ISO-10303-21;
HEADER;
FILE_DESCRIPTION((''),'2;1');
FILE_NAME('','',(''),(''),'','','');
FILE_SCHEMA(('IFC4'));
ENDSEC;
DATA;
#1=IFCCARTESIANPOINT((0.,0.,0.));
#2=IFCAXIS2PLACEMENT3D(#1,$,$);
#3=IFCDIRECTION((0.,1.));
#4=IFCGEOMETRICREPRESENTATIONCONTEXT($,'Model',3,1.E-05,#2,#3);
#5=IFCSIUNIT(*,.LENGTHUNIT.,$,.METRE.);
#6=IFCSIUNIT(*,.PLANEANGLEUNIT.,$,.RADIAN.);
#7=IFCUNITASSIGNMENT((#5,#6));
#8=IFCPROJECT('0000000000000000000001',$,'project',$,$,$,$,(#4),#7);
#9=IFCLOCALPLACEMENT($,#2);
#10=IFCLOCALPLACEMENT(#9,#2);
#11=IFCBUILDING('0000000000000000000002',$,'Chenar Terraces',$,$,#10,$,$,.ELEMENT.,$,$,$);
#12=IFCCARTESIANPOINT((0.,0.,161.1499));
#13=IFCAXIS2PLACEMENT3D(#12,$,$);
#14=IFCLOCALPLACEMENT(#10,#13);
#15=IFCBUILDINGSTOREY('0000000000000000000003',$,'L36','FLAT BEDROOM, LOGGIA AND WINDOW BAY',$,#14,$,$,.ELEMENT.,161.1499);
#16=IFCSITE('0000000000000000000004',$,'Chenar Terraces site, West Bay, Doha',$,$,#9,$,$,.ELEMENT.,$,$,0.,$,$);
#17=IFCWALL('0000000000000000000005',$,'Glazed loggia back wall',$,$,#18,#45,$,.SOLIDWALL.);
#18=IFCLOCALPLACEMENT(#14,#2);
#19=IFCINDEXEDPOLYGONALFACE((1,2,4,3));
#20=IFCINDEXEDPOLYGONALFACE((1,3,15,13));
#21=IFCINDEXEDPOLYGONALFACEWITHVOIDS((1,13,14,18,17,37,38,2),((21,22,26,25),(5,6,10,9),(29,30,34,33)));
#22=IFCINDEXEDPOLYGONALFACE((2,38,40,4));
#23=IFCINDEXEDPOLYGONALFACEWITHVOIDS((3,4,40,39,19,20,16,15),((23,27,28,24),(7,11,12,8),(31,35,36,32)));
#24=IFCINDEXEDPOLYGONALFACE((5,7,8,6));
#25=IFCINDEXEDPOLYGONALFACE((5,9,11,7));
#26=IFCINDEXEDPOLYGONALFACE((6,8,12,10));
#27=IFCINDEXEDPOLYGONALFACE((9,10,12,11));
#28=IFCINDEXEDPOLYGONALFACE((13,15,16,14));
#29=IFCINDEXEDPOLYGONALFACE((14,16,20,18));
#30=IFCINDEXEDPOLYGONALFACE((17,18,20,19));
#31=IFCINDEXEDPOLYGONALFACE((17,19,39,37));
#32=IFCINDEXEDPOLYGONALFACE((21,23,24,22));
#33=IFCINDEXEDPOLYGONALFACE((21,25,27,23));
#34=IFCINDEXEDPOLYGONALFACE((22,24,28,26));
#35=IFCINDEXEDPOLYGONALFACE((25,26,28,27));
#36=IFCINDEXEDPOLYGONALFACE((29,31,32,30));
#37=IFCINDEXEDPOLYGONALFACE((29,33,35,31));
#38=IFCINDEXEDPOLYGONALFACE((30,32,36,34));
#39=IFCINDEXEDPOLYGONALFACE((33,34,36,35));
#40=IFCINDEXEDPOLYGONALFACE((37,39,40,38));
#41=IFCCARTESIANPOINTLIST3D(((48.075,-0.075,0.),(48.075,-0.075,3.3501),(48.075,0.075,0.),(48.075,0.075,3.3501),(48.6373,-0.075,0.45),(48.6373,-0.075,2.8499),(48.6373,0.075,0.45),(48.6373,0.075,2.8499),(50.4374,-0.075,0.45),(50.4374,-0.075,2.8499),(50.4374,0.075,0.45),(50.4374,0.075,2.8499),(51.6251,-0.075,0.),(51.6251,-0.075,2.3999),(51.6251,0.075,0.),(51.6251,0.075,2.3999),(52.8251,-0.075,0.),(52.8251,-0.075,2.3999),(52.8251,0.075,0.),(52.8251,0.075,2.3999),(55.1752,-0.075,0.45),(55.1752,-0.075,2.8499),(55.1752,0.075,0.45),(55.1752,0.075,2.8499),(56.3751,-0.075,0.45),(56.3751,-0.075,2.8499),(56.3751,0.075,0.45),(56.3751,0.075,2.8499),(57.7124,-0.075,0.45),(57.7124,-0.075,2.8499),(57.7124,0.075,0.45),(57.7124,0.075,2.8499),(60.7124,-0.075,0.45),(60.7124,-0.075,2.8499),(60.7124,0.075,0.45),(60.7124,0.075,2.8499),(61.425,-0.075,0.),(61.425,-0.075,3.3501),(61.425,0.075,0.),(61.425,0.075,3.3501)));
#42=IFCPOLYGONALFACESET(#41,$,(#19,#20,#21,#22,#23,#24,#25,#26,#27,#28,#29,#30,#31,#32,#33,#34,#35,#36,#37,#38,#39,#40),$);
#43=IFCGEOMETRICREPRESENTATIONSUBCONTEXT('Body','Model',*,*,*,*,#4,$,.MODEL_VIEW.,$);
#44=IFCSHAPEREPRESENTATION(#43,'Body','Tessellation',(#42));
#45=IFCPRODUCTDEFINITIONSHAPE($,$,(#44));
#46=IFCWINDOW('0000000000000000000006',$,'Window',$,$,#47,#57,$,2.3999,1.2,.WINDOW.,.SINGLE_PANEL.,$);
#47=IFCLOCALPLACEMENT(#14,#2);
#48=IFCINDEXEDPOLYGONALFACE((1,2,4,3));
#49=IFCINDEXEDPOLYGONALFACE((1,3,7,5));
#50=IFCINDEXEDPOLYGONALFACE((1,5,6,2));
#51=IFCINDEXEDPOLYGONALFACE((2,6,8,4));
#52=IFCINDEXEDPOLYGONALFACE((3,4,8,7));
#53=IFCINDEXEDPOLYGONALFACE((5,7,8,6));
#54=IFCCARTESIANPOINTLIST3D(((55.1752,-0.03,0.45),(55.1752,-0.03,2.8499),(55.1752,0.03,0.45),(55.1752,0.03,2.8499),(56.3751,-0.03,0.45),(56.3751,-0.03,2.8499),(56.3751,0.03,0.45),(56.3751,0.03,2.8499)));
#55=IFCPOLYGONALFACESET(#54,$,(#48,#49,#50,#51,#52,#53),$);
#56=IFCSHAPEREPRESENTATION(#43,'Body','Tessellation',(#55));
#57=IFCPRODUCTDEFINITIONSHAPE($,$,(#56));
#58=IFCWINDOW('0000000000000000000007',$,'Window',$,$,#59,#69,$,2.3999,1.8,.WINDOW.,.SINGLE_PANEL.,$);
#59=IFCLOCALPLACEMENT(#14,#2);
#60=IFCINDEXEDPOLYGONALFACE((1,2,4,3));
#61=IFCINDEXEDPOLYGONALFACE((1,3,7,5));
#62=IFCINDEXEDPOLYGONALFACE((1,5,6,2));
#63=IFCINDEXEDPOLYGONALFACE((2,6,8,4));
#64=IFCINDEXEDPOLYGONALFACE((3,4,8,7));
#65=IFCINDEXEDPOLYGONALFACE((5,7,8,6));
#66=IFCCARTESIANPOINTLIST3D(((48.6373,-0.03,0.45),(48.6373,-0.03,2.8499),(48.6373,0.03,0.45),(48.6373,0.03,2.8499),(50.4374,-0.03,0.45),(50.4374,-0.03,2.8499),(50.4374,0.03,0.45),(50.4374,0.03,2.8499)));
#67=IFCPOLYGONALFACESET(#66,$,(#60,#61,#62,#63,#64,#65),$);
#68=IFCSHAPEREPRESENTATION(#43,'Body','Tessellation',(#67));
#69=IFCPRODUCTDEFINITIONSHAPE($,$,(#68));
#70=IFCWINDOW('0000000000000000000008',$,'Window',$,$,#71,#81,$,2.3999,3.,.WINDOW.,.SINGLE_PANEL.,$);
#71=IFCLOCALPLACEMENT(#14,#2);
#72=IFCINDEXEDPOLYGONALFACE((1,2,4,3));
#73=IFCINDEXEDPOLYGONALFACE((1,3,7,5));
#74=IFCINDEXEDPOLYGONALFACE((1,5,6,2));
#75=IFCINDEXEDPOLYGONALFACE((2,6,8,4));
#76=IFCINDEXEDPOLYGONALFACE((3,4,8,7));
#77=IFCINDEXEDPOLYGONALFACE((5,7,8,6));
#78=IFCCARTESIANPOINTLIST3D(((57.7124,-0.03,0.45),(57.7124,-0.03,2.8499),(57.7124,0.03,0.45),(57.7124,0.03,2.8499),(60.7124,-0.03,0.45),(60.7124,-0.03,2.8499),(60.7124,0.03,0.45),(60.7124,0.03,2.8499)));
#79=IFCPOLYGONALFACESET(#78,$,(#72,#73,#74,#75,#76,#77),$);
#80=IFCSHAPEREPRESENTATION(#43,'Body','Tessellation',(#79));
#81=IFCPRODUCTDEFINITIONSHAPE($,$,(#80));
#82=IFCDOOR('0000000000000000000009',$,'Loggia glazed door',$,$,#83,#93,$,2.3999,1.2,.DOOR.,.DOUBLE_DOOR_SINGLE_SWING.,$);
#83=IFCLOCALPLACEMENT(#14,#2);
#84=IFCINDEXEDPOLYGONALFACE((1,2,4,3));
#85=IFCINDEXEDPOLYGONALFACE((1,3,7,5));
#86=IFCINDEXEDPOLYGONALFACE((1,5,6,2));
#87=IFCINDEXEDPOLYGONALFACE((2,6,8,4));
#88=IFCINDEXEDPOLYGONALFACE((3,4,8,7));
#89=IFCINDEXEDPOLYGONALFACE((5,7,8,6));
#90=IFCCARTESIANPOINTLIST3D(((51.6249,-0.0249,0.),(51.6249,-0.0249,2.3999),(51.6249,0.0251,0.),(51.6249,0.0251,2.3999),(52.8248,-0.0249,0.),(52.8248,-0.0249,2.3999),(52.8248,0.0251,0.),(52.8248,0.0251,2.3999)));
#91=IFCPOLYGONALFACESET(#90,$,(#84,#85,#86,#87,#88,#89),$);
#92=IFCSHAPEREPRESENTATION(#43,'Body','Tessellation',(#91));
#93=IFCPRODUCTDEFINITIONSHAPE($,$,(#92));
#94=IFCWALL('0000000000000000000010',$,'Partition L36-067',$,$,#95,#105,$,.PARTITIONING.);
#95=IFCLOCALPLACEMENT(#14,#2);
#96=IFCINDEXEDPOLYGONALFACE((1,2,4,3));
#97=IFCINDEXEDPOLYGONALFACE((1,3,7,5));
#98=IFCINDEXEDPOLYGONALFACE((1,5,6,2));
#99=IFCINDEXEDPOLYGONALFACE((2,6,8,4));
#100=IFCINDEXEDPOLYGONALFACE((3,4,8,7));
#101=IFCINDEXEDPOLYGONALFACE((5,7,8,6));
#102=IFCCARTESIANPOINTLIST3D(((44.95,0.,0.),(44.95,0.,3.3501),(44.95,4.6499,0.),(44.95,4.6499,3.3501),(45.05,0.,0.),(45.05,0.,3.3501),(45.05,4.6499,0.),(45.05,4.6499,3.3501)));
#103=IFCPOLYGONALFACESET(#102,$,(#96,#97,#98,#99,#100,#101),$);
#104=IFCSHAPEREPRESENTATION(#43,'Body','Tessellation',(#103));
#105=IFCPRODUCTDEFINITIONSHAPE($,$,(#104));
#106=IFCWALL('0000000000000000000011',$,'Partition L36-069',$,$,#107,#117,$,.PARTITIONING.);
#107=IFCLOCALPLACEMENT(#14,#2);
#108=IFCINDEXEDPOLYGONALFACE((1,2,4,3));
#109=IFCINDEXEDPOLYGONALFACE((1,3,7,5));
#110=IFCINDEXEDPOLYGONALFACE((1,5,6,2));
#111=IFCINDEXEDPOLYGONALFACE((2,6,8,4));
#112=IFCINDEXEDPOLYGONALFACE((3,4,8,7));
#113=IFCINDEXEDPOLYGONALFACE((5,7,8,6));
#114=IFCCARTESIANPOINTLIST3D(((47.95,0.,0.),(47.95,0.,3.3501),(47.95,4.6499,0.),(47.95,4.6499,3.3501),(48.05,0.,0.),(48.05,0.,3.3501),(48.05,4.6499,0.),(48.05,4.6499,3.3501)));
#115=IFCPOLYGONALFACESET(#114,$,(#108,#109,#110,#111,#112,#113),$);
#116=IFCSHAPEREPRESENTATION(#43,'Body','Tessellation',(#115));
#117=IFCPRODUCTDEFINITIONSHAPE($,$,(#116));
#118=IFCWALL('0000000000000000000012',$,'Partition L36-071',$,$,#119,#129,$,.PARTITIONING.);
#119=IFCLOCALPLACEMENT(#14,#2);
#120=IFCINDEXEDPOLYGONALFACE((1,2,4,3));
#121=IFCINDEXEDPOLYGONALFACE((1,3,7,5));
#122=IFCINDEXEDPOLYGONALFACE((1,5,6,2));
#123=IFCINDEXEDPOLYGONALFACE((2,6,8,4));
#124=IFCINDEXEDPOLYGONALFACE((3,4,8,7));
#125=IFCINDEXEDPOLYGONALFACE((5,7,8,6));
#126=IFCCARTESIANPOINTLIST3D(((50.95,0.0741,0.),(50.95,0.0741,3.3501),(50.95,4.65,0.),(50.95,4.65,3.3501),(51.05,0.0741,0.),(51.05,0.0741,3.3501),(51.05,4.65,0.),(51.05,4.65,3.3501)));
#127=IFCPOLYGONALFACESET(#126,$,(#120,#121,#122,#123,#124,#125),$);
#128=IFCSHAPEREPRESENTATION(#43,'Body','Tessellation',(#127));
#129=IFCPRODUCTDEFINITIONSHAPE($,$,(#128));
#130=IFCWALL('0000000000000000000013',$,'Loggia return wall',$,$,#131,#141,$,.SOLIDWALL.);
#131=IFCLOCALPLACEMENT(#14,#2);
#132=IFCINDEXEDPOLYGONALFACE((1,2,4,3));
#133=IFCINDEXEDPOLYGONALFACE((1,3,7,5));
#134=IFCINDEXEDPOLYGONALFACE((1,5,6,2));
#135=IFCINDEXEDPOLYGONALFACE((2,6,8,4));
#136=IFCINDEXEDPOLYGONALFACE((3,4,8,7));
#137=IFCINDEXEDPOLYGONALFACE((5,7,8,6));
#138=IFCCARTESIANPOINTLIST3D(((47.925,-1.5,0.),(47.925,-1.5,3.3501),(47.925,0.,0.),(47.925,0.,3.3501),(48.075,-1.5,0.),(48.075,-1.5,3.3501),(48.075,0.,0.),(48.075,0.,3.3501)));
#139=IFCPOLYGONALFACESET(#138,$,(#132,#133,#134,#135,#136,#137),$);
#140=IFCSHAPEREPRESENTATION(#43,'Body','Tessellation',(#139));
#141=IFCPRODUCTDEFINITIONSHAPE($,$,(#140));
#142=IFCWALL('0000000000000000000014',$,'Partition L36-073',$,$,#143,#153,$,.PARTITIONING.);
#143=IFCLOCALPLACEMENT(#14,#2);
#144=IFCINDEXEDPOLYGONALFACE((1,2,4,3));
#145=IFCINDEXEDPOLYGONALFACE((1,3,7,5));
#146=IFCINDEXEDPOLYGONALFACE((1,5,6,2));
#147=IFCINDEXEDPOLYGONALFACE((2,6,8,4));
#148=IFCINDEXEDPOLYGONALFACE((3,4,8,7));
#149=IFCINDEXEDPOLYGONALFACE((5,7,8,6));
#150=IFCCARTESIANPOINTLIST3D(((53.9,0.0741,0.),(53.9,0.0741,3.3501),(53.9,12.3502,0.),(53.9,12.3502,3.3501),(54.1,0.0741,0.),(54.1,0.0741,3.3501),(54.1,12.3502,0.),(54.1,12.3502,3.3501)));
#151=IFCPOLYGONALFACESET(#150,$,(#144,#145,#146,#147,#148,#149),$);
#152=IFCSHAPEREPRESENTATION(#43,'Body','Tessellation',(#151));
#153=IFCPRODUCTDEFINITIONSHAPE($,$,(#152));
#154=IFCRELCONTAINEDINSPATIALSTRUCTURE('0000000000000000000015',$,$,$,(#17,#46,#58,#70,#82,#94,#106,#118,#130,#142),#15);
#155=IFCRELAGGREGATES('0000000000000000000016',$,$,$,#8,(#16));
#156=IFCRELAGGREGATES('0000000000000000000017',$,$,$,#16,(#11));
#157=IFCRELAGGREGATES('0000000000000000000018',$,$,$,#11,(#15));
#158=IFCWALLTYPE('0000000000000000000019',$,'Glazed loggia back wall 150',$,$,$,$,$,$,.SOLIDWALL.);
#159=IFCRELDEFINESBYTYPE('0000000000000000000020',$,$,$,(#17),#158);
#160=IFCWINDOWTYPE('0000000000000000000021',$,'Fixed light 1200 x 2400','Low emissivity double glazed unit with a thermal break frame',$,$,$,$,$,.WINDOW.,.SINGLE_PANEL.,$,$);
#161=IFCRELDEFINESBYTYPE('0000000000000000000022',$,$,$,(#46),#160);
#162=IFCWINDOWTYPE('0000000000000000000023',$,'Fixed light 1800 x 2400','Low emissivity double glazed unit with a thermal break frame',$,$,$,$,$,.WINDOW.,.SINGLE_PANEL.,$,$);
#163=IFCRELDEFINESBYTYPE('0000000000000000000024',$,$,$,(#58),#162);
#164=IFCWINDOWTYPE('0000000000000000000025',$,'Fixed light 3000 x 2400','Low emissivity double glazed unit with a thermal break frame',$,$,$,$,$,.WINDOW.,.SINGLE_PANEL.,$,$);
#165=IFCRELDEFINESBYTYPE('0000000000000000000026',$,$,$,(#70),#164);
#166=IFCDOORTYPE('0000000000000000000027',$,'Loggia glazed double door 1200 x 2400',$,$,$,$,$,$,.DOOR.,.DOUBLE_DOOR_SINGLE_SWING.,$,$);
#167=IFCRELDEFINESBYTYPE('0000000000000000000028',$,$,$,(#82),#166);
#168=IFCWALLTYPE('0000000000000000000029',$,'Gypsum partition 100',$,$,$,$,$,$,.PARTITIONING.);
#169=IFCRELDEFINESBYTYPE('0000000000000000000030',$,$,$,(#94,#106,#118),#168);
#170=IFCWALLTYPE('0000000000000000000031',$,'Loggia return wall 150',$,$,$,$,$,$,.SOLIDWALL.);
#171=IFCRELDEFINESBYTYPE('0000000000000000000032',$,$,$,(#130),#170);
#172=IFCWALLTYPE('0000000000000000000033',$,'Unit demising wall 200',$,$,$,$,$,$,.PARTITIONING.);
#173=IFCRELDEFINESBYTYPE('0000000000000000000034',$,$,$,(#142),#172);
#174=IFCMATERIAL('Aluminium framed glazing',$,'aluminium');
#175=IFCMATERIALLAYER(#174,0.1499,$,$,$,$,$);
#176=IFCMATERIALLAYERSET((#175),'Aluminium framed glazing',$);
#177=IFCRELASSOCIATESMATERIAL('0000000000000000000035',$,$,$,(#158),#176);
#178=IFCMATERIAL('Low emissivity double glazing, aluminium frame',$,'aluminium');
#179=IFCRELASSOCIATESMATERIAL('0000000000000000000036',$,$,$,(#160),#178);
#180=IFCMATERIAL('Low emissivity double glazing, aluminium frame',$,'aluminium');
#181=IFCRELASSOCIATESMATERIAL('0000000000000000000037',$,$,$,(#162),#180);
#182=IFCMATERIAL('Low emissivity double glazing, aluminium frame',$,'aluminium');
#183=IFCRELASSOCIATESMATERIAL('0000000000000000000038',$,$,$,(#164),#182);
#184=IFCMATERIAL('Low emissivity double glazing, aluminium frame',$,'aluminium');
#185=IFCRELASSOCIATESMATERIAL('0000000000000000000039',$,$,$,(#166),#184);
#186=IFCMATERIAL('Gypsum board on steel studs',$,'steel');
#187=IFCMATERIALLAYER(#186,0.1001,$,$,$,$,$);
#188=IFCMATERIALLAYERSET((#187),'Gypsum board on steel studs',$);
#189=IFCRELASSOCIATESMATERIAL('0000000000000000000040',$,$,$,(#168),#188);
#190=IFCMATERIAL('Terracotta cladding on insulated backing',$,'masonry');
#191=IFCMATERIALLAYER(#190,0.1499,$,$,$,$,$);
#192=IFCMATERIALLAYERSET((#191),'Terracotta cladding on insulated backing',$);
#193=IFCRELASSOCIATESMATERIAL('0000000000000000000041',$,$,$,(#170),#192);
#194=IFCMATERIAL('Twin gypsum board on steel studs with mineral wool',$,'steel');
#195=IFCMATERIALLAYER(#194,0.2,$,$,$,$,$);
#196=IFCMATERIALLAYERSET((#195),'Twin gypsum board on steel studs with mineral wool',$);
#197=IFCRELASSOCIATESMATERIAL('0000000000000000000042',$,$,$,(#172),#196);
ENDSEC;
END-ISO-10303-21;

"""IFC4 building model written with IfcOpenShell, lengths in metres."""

from ifc_helpers import new_model, si_unit, direction, frame, frame_2d, origin, place, context, subcontext, project, spatial, rectangle, extrude, material, layer, layer_set, type_object, element, fill, save


model = new_model("IFC4")

# Units and contexts
model_context = context("Model", 3, precision=1e-05, world=origin(), true_north=direction((0.0, 1.0)))
body_context = subcontext(model_context, "Body", "Model", "MODEL_VIEW")
ifc_project = project(units=[si_unit("LENGTHUNIT", "METRE"), si_unit("PLANEANGLEUNIT", "RADIAN")], contexts=[model_context])

# Site, building, storey
site_placement = place(None, origin())
site = spatial("IfcSite", under=ifc_project, at=site_placement, Name="Chenar Terraces site, West Bay, Doha", CompositionType="ELEMENT", RefElevation=0.0)
building_placement = place(site_placement, origin())
building = spatial("IfcBuilding", under=site, at=building_placement, Name="Chenar Terraces", CompositionType="ELEMENT")
storey_placement = place(building_placement, frame((0.0, 0.0, 161.1499)))
storey = spatial("IfcBuildingStorey", under=building, at=storey_placement, Name="L36", Description="FLAT BEDROOM, LOGGIA AND WINDOW BAY", CompositionType="ELEMENT", Elevation=161.1499)

# Wall, openings, windows, door
ifc_material_1 = material(Name="Aluminium framed glazing", Category="aluminium")
ifc_layer_1 = layer(ifc_material_1, 0.1499)
ifc_layer_set_1 = layer_set([ifc_layer_1], Name="Aluminium framed glazing")
wall_type_1 = type_object("IfcWallType", Name="Glazed loggia back wall 150", PredefinedType="SOLIDWALL", material=ifc_layer_set_1)
wall_1_placement = place(storey_placement, frame((48.075, 0.0, 0.0), z_axis=(0.0, 0.0, 1.0), x_axis=(1.0, 0.0, 0.0)))
wall_1 = element("IfcWall", 1, at=wall_1_placement, inside=storey, type_object=wall_type_1, Name="Glazed loggia back wall", PredefinedType="SOLIDWALL", context=body_context, shape_type="SweptSolid", body=[
    extrude(rectangle(XDim=13.3501, YDim=0.1499, at=frame_2d((6.675, 0.0))), origin(), (0.0, 0.0, 1.0), 3.3501),
])
opening_1_placement = place(wall_1_placement, frame((0.5625, 0.0, 0.45)))
opening_1 = element("IfcOpeningElement", 2, at=opening_1_placement, cuts=wall_1, PredefinedType="OPENING", context=body_context, shape_type="SweptSolid", body=[
    extrude(rectangle(XDim=1.8, YDim=2.3999, at=frame_2d((0.8999, 1.2))), frame((0.0, 0.085, 0.0), z_axis=(0.0, -1.0, 0.0), x_axis=(1.0, 0.0, 0.0)), (0.0, 0.0, 1.0), 0.1699),
])
opening_2_placement = place(wall_1_placement, frame((3.55, 0.0, 0.0)))
opening_2 = element("IfcOpeningElement", 3, at=opening_2_placement, cuts=wall_1, PredefinedType="OPENING", context=body_context, shape_type="SweptSolid", body=[
    extrude(rectangle(XDim=1.2, YDim=2.3999, at=frame_2d((0.6001, 1.2))), frame((0.0, 0.085, 0.0), z_axis=(0.0, -1.0, 0.0), x_axis=(1.0, 0.0, 0.0)), (0.0, 0.0, 1.0), 0.1699),
])
opening_3_placement = place(wall_1_placement, frame((7.1001, 0.0, 0.45)))
opening_3 = element("IfcOpeningElement", 4, at=opening_3_placement, cuts=wall_1, PredefinedType="OPENING", context=body_context, shape_type="SweptSolid", body=[
    extrude(rectangle(XDim=1.2, YDim=2.3999, at=frame_2d((0.6001, 1.2))), frame((0.0, 0.085, 0.0), z_axis=(0.0, -1.0, 0.0), x_axis=(1.0, 0.0, 0.0)), (0.0, 0.0, 1.0), 0.1699),
])
opening_4_placement = place(wall_1_placement, frame((9.6375, 0.0, 0.45)))
opening_4 = element("IfcOpeningElement", 5, at=opening_4_placement, cuts=wall_1, PredefinedType="OPENING", context=body_context, shape_type="SweptSolid", body=[
    extrude(rectangle(XDim=3.0, YDim=2.3999, at=frame_2d((1.5, 1.2))), frame((0.0, 0.085, 0.0), z_axis=(0.0, -1.0, 0.0), x_axis=(1.0, 0.0, 0.0)), (0.0, 0.0, 1.0), 0.1699),
])
ifc_material_2 = material(Name="Low emissivity double glazing, aluminium frame", Category="aluminium")
window_type_1 = type_object("IfcWindowType", Name="Fixed light 1200 x 2400", Description="Low emissivity double glazed unit with a thermal break frame", PartitioningType="SINGLE_PANEL", PredefinedType="WINDOW", material=ifc_material_2)
window_1_placement = place(opening_3_placement, origin())
window_1 = element("IfcWindow", 6, at=window_1_placement, inside=storey, type_object=window_type_1, Name="Window", OverallHeight=2.3999, OverallWidth=1.2, PartitioningType="SINGLE_PANEL", PredefinedType="WINDOW", context=body_context, shape_type="SweptSolid", body=[
    extrude(rectangle(XDim=1.2, YDim=2.3999, at=frame_2d((0.6001, 1.2))), frame((0.0, 0.03, 0.0), z_axis=(0.0, -1.0, 0.0), x_axis=(1.0, 0.0, 0.0)), (0.0, 0.0, 1.0), 0.0601),
])
fill(opening_3, window_1)
ifc_material_3 = material(Name="Low emissivity double glazing, aluminium frame", Category="aluminium")
window_type_2 = type_object("IfcWindowType", Name="Fixed light 1800 x 2400", Description="Low emissivity double glazed unit with a thermal break frame", PartitioningType="SINGLE_PANEL", PredefinedType="WINDOW", material=ifc_material_3)
window_2_placement = place(opening_1_placement, origin())
window_2 = element("IfcWindow", 7, at=window_2_placement, inside=storey, type_object=window_type_2, Name="Window", OverallHeight=2.3999, OverallWidth=1.8, PartitioningType="SINGLE_PANEL", PredefinedType="WINDOW", context=body_context, shape_type="SweptSolid", body=[
    extrude(rectangle(XDim=1.8, YDim=2.3999, at=frame_2d((0.8999, 1.2))), frame((0.0, 0.03, 0.0), z_axis=(0.0, -1.0, 0.0), x_axis=(1.0, 0.0, 0.0)), (0.0, 0.0, 1.0), 0.0601),
])
fill(opening_1, window_2)
ifc_material_4 = material(Name="Low emissivity double glazing, aluminium frame", Category="aluminium")
window_type_3 = type_object("IfcWindowType", Name="Fixed light 3000 x 2400", Description="Low emissivity double glazed unit with a thermal break frame", PartitioningType="SINGLE_PANEL", PredefinedType="WINDOW", material=ifc_material_4)
window_3_placement = place(opening_4_placement, origin())
window_3 = element("IfcWindow", 8, at=window_3_placement, inside=storey, type_object=window_type_3, Name="Window", OverallHeight=2.3999, OverallWidth=3.0, PartitioningType="SINGLE_PANEL", PredefinedType="WINDOW", context=body_context, shape_type="SweptSolid", body=[
    extrude(rectangle(XDim=3.0, YDim=2.3999, at=frame_2d((1.5, 1.2))), frame((0.0, 0.03, 0.0), z_axis=(0.0, -1.0, 0.0), x_axis=(1.0, 0.0, 0.0)), (0.0, 0.0, 1.0), 0.0601),
])
fill(opening_4, window_3)
ifc_material_5 = material(Name="Low emissivity double glazing, aluminium frame", Category="aluminium")
door_type_1 = type_object("IfcDoorType", Name="Loggia glazed double door 1200 x 2400", OperationType="DOUBLE_DOOR_SINGLE_SWING", PredefinedType="DOOR", material=ifc_material_5)
door_1_placement = place(opening_2_placement, frame((1.2, 0.0, 0.0), z_axis=(0.0, 0.0, 1.0), x_axis=(-1.0, 0.0, 0.0)))
door_1 = element("IfcDoor", 9, at=door_1_placement, inside=storey, type_object=door_type_1, Name="Loggia glazed door", OperationType="DOUBLE_DOOR_SINGLE_SWING", OverallHeight=2.3999, OverallWidth=1.2, PredefinedType="DOOR", context=body_context, shape_type="SweptSolid", body=[
    extrude(rectangle(XDim=1.2, YDim=2.3999, at=frame_2d((0.6001, 1.2))), frame((0.0, 0.0249, 0.0), z_axis=(0.0, -1.0, 0.0), x_axis=(1.0, 0.0, 0.0)), (0.0, 0.0, 1.0), 0.05),
])
fill(opening_2, door_1)

# Walls
ifc_material_6 = material(Name="Gypsum board on steel studs", Category="steel")
ifc_layer_2 = layer(ifc_material_6, 0.1001)
ifc_layer_set_2 = layer_set([ifc_layer_2], Name="Gypsum board on steel studs")
wall_type_2 = type_object("IfcWallType", Name="Gypsum partition 100", PredefinedType="PARTITIONING", material=ifc_layer_set_2)
for number, where, z_axis, x_axis, name in (
    (10, (45.0, 0.0, 0.0), (0.0, 0.0, 1.0), (0.0, 1.0, 0.0), "Partition L36-067"),
    (11, (48.0, 0.0, 0.0), (0.0, 0.0, 1.0), (0.0, 1.0, 0.0), "Partition L36-069"),
):
    element("IfcWall", number, at=place(storey_placement, frame(where, z_axis=z_axis, x_axis=x_axis)), inside=storey, type_object=wall_type_2, Name=name, PredefinedType="PARTITIONING", context=body_context, shape_type="SweptSolid", body=[
        extrude(rectangle(XDim=4.6499, YDim=0.1001, at=frame_2d((2.325, 0.0))), origin(), (0.0, 0.0, 1.0), 3.3501),
    ])
wall_2_placement = place(storey_placement, frame((51.0, 0.074, 0.0), z_axis=(0.0, 0.0, 1.0), x_axis=(0.0, 1.0, 0.0)))
element("IfcWall", 12, at=wall_2_placement, inside=storey, type_object=wall_type_2, Name="Partition L36-071", PredefinedType="PARTITIONING", context=body_context, shape_type="SweptSolid", body=[
    extrude(rectangle(XDim=4.5759, YDim=0.1001, at=frame_2d((2.2881, 0.0))), origin(), (0.0, 0.0, 1.0), 3.3501),
])
ifc_material_7 = material(Name="Terracotta cladding on insulated backing", Category="masonry")
ifc_layer_3 = layer(ifc_material_7, 0.1499)
ifc_layer_set_3 = layer_set([ifc_layer_3], Name="Terracotta cladding on insulated backing")
wall_type_3 = type_object("IfcWallType", Name="Loggia return wall 150", PredefinedType="SOLIDWALL", material=ifc_layer_set_3)
wall_3_placement = place(storey_placement, frame((48.0, -1.5, 0.0), z_axis=(0.0, 0.0, 1.0), x_axis=(0.0, 1.0, 0.0)))
element("IfcWall", 13, at=wall_3_placement, inside=storey, type_object=wall_type_3, Name="Loggia return wall", PredefinedType="SOLIDWALL", context=body_context, shape_type="SweptSolid", body=[
    extrude(rectangle(XDim=1.5, YDim=0.1499, at=frame_2d((0.75, 0.0))), origin(), (0.0, 0.0, 1.0), 3.3501),
])
ifc_material_8 = material(Name="Twin gypsum board on steel studs with mineral wool", Category="steel")
ifc_layer_4 = layer(ifc_material_8, 0.2)
ifc_layer_set_4 = layer_set([ifc_layer_4], Name="Twin gypsum board on steel studs with mineral wool")
wall_type_4 = type_object("IfcWallType", Name="Unit demising wall 200", PredefinedType="PARTITIONING", material=ifc_layer_set_4)
wall_4_placement = place(storey_placement, frame((54.0, 0.074, 0.0), z_axis=(0.0, 0.0, 1.0), x_axis=(0.0, 1.0, 0.0)))
element("IfcWall", 14, at=wall_4_placement, inside=storey, type_object=wall_type_4, Name="Partition L36-073", PredefinedType="PARTITIONING", context=body_context, shape_type="SweptSolid", body=[
    extrude(rectangle(XDim=12.2761, YDim=0.2, at=frame_2d((6.1382, 0.0))), origin(), (0.0, 0.0, 1.0), 3.3501),
])

save(model, "model.ifc")
